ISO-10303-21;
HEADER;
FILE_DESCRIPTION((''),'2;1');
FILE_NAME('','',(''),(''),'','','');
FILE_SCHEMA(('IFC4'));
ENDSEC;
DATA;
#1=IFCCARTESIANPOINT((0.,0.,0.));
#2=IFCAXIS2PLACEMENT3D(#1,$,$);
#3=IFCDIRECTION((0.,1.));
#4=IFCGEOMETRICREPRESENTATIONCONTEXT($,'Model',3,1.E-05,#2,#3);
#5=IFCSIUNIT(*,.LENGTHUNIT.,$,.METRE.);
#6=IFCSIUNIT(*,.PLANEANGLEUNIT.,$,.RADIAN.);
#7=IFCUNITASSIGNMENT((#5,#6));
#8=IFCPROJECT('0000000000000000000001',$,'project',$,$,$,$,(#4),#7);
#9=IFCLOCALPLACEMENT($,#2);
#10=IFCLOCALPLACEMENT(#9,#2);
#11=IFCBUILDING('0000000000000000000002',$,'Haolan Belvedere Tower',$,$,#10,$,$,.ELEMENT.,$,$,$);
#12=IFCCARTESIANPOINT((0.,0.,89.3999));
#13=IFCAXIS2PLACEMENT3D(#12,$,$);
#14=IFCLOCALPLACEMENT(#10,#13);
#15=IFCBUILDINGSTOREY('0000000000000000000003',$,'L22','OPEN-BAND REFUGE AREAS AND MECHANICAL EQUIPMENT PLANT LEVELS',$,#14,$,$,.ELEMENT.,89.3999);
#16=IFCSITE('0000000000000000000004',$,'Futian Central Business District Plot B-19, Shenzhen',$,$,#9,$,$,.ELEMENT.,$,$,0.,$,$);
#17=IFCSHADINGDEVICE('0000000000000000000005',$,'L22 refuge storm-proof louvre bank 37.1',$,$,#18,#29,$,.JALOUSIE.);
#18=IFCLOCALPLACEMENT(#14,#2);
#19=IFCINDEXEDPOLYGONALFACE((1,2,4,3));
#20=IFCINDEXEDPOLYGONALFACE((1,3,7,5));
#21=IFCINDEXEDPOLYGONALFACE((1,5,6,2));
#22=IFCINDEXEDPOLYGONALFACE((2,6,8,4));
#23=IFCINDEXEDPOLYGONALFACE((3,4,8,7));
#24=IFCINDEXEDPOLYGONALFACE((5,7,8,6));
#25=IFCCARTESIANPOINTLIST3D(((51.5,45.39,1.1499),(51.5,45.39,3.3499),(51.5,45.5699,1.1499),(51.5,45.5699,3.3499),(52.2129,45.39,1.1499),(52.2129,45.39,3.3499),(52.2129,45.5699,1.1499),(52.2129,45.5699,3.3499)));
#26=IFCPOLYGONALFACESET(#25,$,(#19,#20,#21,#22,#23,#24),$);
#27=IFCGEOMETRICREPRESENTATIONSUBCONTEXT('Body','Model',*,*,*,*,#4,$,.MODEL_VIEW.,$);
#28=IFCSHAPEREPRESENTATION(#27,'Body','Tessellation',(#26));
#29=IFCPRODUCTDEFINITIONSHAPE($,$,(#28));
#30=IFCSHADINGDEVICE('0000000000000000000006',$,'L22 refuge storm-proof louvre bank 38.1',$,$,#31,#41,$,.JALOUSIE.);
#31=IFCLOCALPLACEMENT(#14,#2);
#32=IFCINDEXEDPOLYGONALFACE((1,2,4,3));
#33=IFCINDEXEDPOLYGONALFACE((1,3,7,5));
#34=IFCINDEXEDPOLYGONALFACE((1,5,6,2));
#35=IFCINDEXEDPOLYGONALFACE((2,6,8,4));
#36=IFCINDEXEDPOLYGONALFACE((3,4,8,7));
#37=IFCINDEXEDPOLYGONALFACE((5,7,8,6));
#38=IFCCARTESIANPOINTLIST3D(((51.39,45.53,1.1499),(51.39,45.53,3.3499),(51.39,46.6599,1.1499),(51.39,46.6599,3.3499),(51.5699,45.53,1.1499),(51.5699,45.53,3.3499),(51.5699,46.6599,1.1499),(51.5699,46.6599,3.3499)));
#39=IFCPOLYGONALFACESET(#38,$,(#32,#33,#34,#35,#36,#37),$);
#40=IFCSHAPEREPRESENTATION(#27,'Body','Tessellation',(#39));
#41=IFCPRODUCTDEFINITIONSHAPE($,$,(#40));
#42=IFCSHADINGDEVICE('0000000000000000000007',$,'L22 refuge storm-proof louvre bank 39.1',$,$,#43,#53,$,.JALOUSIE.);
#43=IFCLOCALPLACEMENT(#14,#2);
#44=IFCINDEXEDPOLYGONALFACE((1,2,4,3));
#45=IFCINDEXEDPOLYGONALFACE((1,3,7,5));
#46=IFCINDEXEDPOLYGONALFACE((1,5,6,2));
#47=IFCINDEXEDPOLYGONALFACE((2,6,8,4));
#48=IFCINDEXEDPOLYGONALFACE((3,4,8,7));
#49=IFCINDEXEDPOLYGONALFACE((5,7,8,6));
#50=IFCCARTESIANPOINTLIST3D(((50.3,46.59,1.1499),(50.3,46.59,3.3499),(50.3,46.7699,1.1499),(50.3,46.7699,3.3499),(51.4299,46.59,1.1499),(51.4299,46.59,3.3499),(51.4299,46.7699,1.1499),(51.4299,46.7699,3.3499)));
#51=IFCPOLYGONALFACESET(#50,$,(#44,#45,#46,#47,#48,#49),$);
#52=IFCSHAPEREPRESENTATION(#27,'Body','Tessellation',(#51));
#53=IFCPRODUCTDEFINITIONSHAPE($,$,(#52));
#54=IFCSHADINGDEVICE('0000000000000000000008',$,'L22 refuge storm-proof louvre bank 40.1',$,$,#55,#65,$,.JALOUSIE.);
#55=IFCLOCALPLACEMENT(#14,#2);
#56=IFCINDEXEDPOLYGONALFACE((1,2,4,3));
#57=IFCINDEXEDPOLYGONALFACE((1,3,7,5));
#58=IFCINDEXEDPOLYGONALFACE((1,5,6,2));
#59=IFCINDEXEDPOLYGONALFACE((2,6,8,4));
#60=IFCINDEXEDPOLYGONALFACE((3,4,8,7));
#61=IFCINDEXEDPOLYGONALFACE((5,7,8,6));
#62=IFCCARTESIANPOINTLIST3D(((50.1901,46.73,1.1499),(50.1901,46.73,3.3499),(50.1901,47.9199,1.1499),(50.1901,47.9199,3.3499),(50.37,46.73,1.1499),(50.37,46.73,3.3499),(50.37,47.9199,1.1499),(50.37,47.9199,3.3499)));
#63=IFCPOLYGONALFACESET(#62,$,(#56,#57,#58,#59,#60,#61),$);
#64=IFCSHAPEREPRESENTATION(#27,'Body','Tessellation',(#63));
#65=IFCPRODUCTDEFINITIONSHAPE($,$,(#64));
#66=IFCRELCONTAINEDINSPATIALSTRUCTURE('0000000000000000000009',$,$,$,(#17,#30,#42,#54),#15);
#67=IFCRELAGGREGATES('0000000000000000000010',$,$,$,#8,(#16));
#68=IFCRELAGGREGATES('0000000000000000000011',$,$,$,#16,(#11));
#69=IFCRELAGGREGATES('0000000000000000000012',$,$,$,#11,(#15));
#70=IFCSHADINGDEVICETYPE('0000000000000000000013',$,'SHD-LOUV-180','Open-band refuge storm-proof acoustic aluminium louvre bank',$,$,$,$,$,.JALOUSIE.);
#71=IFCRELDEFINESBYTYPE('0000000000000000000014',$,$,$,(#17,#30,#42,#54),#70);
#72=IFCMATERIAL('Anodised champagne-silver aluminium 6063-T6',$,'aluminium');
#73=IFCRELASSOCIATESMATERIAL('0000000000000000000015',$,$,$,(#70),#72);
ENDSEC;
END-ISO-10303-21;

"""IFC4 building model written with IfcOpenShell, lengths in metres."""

from ifc_helpers import new_model, si_unit, direction, frame, origin, origin_2d, place, context, subcontext, project, spatial, rectangle, extrude, material, type_object, element, save


model = new_model("IFC4")

# Units and contexts
model_context = context("Model", 3, precision=1e-05, world=origin(), true_north=direction((0.0, 1.0)))
body_context = subcontext(model_context, "Body", "Model", "MODEL_VIEW")
ifc_project = project(units=[si_unit("LENGTHUNIT", "METRE"), si_unit("PLANEANGLEUNIT", "RADIAN")], contexts=[model_context])

# Site, building, storey
site_placement = place(None, origin())
site = spatial("IfcSite", under=ifc_project, at=site_placement, Name="Futian Central Business District Plot B-19, Shenzhen", CompositionType="ELEMENT", RefElevation=0.0)
building_placement = place(site_placement, origin())
building = spatial("IfcBuilding", under=site, at=building_placement, Name="Haolan Belvedere Tower", CompositionType="ELEMENT")
storey_placement = place(building_placement, frame((0.0, 0.0, 89.3999)))
storey = spatial("IfcBuildingStorey", under=building, at=storey_placement, Name="L22", Description="OPEN-BAND REFUGE AREAS AND MECHANICAL EQUIPMENT PLANT LEVELS", CompositionType="ELEMENT", Elevation=89.3999)

# Shading devices
ifc_material_1 = material(Name="Anodised champagne-silver aluminium 6063-T6", Category="aluminium")
shading_device_type = type_object("IfcShadingDeviceType", Name="SHD-LOUV-180", Description="Open-band refuge storm-proof acoustic aluminium louvre bank", PredefinedType="JALOUSIE", material=ifc_material_1)
shading_device_1_placement = place(storey_placement, frame((51.8564, 45.48, 1.1499), z_axis=(0.0, 0.0, 1.0), x_axis=(-1.0, 0.0, 0.0)))
element("IfcShadingDevice", 1, at=shading_device_1_placement, inside=storey, type_object=shading_device_type, Name="L22 refuge storm-proof louvre bank 37.1", PredefinedType="JALOUSIE", context=body_context, shape_type="SweptSolid", body=[
    extrude(rectangle(XDim=0.7129, YDim=0.1799, at=origin_2d()), origin(), (0.0, 0.0, 1.0), 2.2),
])
for number, where, z_axis, x_axis, name in (
    (2, (51.48, 46.095, 1.1499), (0.0, 0.0, 1.0), (0.0, 1.0, 0.0), "L22 refuge storm-proof louvre bank 38.1"),
    (3, (50.865, 46.6799, 1.1499), (0.0, 0.0, 1.0), (-1.0, 0.0, 0.0), "L22 refuge storm-proof louvre bank 39.1"),
):
    element("IfcShadingDevice", number, at=place(storey_placement, frame(where, z_axis=z_axis, x_axis=x_axis)), inside=storey, type_object=shading_device_type, Name=name, PredefinedType="JALOUSIE", context=body_context, shape_type="SweptSolid", body=[
        extrude(rectangle(XDim=1.1299, YDim=0.1799, at=origin_2d()), origin(), (0.0, 0.0, 1.0), 2.2),
    ])
shading_device_2_placement = place(storey_placement, frame((50.28, 47.325, 1.1499), z_axis=(0.0, 0.0, 1.0), x_axis=(0.0, 1.0, 0.0)))
element("IfcShadingDevice", 4, at=shading_device_2_placement, inside=storey, type_object=shading_device_type, Name="L22 refuge storm-proof louvre bank 40.1", PredefinedType="JALOUSIE", context=body_context, shape_type="SweptSolid", body=[
    extrude(rectangle(XDim=1.1899, YDim=0.1799, at=origin_2d()), origin(), (0.0, 0.0, 1.0), 2.2),
])

save(model, "model.ifc")
